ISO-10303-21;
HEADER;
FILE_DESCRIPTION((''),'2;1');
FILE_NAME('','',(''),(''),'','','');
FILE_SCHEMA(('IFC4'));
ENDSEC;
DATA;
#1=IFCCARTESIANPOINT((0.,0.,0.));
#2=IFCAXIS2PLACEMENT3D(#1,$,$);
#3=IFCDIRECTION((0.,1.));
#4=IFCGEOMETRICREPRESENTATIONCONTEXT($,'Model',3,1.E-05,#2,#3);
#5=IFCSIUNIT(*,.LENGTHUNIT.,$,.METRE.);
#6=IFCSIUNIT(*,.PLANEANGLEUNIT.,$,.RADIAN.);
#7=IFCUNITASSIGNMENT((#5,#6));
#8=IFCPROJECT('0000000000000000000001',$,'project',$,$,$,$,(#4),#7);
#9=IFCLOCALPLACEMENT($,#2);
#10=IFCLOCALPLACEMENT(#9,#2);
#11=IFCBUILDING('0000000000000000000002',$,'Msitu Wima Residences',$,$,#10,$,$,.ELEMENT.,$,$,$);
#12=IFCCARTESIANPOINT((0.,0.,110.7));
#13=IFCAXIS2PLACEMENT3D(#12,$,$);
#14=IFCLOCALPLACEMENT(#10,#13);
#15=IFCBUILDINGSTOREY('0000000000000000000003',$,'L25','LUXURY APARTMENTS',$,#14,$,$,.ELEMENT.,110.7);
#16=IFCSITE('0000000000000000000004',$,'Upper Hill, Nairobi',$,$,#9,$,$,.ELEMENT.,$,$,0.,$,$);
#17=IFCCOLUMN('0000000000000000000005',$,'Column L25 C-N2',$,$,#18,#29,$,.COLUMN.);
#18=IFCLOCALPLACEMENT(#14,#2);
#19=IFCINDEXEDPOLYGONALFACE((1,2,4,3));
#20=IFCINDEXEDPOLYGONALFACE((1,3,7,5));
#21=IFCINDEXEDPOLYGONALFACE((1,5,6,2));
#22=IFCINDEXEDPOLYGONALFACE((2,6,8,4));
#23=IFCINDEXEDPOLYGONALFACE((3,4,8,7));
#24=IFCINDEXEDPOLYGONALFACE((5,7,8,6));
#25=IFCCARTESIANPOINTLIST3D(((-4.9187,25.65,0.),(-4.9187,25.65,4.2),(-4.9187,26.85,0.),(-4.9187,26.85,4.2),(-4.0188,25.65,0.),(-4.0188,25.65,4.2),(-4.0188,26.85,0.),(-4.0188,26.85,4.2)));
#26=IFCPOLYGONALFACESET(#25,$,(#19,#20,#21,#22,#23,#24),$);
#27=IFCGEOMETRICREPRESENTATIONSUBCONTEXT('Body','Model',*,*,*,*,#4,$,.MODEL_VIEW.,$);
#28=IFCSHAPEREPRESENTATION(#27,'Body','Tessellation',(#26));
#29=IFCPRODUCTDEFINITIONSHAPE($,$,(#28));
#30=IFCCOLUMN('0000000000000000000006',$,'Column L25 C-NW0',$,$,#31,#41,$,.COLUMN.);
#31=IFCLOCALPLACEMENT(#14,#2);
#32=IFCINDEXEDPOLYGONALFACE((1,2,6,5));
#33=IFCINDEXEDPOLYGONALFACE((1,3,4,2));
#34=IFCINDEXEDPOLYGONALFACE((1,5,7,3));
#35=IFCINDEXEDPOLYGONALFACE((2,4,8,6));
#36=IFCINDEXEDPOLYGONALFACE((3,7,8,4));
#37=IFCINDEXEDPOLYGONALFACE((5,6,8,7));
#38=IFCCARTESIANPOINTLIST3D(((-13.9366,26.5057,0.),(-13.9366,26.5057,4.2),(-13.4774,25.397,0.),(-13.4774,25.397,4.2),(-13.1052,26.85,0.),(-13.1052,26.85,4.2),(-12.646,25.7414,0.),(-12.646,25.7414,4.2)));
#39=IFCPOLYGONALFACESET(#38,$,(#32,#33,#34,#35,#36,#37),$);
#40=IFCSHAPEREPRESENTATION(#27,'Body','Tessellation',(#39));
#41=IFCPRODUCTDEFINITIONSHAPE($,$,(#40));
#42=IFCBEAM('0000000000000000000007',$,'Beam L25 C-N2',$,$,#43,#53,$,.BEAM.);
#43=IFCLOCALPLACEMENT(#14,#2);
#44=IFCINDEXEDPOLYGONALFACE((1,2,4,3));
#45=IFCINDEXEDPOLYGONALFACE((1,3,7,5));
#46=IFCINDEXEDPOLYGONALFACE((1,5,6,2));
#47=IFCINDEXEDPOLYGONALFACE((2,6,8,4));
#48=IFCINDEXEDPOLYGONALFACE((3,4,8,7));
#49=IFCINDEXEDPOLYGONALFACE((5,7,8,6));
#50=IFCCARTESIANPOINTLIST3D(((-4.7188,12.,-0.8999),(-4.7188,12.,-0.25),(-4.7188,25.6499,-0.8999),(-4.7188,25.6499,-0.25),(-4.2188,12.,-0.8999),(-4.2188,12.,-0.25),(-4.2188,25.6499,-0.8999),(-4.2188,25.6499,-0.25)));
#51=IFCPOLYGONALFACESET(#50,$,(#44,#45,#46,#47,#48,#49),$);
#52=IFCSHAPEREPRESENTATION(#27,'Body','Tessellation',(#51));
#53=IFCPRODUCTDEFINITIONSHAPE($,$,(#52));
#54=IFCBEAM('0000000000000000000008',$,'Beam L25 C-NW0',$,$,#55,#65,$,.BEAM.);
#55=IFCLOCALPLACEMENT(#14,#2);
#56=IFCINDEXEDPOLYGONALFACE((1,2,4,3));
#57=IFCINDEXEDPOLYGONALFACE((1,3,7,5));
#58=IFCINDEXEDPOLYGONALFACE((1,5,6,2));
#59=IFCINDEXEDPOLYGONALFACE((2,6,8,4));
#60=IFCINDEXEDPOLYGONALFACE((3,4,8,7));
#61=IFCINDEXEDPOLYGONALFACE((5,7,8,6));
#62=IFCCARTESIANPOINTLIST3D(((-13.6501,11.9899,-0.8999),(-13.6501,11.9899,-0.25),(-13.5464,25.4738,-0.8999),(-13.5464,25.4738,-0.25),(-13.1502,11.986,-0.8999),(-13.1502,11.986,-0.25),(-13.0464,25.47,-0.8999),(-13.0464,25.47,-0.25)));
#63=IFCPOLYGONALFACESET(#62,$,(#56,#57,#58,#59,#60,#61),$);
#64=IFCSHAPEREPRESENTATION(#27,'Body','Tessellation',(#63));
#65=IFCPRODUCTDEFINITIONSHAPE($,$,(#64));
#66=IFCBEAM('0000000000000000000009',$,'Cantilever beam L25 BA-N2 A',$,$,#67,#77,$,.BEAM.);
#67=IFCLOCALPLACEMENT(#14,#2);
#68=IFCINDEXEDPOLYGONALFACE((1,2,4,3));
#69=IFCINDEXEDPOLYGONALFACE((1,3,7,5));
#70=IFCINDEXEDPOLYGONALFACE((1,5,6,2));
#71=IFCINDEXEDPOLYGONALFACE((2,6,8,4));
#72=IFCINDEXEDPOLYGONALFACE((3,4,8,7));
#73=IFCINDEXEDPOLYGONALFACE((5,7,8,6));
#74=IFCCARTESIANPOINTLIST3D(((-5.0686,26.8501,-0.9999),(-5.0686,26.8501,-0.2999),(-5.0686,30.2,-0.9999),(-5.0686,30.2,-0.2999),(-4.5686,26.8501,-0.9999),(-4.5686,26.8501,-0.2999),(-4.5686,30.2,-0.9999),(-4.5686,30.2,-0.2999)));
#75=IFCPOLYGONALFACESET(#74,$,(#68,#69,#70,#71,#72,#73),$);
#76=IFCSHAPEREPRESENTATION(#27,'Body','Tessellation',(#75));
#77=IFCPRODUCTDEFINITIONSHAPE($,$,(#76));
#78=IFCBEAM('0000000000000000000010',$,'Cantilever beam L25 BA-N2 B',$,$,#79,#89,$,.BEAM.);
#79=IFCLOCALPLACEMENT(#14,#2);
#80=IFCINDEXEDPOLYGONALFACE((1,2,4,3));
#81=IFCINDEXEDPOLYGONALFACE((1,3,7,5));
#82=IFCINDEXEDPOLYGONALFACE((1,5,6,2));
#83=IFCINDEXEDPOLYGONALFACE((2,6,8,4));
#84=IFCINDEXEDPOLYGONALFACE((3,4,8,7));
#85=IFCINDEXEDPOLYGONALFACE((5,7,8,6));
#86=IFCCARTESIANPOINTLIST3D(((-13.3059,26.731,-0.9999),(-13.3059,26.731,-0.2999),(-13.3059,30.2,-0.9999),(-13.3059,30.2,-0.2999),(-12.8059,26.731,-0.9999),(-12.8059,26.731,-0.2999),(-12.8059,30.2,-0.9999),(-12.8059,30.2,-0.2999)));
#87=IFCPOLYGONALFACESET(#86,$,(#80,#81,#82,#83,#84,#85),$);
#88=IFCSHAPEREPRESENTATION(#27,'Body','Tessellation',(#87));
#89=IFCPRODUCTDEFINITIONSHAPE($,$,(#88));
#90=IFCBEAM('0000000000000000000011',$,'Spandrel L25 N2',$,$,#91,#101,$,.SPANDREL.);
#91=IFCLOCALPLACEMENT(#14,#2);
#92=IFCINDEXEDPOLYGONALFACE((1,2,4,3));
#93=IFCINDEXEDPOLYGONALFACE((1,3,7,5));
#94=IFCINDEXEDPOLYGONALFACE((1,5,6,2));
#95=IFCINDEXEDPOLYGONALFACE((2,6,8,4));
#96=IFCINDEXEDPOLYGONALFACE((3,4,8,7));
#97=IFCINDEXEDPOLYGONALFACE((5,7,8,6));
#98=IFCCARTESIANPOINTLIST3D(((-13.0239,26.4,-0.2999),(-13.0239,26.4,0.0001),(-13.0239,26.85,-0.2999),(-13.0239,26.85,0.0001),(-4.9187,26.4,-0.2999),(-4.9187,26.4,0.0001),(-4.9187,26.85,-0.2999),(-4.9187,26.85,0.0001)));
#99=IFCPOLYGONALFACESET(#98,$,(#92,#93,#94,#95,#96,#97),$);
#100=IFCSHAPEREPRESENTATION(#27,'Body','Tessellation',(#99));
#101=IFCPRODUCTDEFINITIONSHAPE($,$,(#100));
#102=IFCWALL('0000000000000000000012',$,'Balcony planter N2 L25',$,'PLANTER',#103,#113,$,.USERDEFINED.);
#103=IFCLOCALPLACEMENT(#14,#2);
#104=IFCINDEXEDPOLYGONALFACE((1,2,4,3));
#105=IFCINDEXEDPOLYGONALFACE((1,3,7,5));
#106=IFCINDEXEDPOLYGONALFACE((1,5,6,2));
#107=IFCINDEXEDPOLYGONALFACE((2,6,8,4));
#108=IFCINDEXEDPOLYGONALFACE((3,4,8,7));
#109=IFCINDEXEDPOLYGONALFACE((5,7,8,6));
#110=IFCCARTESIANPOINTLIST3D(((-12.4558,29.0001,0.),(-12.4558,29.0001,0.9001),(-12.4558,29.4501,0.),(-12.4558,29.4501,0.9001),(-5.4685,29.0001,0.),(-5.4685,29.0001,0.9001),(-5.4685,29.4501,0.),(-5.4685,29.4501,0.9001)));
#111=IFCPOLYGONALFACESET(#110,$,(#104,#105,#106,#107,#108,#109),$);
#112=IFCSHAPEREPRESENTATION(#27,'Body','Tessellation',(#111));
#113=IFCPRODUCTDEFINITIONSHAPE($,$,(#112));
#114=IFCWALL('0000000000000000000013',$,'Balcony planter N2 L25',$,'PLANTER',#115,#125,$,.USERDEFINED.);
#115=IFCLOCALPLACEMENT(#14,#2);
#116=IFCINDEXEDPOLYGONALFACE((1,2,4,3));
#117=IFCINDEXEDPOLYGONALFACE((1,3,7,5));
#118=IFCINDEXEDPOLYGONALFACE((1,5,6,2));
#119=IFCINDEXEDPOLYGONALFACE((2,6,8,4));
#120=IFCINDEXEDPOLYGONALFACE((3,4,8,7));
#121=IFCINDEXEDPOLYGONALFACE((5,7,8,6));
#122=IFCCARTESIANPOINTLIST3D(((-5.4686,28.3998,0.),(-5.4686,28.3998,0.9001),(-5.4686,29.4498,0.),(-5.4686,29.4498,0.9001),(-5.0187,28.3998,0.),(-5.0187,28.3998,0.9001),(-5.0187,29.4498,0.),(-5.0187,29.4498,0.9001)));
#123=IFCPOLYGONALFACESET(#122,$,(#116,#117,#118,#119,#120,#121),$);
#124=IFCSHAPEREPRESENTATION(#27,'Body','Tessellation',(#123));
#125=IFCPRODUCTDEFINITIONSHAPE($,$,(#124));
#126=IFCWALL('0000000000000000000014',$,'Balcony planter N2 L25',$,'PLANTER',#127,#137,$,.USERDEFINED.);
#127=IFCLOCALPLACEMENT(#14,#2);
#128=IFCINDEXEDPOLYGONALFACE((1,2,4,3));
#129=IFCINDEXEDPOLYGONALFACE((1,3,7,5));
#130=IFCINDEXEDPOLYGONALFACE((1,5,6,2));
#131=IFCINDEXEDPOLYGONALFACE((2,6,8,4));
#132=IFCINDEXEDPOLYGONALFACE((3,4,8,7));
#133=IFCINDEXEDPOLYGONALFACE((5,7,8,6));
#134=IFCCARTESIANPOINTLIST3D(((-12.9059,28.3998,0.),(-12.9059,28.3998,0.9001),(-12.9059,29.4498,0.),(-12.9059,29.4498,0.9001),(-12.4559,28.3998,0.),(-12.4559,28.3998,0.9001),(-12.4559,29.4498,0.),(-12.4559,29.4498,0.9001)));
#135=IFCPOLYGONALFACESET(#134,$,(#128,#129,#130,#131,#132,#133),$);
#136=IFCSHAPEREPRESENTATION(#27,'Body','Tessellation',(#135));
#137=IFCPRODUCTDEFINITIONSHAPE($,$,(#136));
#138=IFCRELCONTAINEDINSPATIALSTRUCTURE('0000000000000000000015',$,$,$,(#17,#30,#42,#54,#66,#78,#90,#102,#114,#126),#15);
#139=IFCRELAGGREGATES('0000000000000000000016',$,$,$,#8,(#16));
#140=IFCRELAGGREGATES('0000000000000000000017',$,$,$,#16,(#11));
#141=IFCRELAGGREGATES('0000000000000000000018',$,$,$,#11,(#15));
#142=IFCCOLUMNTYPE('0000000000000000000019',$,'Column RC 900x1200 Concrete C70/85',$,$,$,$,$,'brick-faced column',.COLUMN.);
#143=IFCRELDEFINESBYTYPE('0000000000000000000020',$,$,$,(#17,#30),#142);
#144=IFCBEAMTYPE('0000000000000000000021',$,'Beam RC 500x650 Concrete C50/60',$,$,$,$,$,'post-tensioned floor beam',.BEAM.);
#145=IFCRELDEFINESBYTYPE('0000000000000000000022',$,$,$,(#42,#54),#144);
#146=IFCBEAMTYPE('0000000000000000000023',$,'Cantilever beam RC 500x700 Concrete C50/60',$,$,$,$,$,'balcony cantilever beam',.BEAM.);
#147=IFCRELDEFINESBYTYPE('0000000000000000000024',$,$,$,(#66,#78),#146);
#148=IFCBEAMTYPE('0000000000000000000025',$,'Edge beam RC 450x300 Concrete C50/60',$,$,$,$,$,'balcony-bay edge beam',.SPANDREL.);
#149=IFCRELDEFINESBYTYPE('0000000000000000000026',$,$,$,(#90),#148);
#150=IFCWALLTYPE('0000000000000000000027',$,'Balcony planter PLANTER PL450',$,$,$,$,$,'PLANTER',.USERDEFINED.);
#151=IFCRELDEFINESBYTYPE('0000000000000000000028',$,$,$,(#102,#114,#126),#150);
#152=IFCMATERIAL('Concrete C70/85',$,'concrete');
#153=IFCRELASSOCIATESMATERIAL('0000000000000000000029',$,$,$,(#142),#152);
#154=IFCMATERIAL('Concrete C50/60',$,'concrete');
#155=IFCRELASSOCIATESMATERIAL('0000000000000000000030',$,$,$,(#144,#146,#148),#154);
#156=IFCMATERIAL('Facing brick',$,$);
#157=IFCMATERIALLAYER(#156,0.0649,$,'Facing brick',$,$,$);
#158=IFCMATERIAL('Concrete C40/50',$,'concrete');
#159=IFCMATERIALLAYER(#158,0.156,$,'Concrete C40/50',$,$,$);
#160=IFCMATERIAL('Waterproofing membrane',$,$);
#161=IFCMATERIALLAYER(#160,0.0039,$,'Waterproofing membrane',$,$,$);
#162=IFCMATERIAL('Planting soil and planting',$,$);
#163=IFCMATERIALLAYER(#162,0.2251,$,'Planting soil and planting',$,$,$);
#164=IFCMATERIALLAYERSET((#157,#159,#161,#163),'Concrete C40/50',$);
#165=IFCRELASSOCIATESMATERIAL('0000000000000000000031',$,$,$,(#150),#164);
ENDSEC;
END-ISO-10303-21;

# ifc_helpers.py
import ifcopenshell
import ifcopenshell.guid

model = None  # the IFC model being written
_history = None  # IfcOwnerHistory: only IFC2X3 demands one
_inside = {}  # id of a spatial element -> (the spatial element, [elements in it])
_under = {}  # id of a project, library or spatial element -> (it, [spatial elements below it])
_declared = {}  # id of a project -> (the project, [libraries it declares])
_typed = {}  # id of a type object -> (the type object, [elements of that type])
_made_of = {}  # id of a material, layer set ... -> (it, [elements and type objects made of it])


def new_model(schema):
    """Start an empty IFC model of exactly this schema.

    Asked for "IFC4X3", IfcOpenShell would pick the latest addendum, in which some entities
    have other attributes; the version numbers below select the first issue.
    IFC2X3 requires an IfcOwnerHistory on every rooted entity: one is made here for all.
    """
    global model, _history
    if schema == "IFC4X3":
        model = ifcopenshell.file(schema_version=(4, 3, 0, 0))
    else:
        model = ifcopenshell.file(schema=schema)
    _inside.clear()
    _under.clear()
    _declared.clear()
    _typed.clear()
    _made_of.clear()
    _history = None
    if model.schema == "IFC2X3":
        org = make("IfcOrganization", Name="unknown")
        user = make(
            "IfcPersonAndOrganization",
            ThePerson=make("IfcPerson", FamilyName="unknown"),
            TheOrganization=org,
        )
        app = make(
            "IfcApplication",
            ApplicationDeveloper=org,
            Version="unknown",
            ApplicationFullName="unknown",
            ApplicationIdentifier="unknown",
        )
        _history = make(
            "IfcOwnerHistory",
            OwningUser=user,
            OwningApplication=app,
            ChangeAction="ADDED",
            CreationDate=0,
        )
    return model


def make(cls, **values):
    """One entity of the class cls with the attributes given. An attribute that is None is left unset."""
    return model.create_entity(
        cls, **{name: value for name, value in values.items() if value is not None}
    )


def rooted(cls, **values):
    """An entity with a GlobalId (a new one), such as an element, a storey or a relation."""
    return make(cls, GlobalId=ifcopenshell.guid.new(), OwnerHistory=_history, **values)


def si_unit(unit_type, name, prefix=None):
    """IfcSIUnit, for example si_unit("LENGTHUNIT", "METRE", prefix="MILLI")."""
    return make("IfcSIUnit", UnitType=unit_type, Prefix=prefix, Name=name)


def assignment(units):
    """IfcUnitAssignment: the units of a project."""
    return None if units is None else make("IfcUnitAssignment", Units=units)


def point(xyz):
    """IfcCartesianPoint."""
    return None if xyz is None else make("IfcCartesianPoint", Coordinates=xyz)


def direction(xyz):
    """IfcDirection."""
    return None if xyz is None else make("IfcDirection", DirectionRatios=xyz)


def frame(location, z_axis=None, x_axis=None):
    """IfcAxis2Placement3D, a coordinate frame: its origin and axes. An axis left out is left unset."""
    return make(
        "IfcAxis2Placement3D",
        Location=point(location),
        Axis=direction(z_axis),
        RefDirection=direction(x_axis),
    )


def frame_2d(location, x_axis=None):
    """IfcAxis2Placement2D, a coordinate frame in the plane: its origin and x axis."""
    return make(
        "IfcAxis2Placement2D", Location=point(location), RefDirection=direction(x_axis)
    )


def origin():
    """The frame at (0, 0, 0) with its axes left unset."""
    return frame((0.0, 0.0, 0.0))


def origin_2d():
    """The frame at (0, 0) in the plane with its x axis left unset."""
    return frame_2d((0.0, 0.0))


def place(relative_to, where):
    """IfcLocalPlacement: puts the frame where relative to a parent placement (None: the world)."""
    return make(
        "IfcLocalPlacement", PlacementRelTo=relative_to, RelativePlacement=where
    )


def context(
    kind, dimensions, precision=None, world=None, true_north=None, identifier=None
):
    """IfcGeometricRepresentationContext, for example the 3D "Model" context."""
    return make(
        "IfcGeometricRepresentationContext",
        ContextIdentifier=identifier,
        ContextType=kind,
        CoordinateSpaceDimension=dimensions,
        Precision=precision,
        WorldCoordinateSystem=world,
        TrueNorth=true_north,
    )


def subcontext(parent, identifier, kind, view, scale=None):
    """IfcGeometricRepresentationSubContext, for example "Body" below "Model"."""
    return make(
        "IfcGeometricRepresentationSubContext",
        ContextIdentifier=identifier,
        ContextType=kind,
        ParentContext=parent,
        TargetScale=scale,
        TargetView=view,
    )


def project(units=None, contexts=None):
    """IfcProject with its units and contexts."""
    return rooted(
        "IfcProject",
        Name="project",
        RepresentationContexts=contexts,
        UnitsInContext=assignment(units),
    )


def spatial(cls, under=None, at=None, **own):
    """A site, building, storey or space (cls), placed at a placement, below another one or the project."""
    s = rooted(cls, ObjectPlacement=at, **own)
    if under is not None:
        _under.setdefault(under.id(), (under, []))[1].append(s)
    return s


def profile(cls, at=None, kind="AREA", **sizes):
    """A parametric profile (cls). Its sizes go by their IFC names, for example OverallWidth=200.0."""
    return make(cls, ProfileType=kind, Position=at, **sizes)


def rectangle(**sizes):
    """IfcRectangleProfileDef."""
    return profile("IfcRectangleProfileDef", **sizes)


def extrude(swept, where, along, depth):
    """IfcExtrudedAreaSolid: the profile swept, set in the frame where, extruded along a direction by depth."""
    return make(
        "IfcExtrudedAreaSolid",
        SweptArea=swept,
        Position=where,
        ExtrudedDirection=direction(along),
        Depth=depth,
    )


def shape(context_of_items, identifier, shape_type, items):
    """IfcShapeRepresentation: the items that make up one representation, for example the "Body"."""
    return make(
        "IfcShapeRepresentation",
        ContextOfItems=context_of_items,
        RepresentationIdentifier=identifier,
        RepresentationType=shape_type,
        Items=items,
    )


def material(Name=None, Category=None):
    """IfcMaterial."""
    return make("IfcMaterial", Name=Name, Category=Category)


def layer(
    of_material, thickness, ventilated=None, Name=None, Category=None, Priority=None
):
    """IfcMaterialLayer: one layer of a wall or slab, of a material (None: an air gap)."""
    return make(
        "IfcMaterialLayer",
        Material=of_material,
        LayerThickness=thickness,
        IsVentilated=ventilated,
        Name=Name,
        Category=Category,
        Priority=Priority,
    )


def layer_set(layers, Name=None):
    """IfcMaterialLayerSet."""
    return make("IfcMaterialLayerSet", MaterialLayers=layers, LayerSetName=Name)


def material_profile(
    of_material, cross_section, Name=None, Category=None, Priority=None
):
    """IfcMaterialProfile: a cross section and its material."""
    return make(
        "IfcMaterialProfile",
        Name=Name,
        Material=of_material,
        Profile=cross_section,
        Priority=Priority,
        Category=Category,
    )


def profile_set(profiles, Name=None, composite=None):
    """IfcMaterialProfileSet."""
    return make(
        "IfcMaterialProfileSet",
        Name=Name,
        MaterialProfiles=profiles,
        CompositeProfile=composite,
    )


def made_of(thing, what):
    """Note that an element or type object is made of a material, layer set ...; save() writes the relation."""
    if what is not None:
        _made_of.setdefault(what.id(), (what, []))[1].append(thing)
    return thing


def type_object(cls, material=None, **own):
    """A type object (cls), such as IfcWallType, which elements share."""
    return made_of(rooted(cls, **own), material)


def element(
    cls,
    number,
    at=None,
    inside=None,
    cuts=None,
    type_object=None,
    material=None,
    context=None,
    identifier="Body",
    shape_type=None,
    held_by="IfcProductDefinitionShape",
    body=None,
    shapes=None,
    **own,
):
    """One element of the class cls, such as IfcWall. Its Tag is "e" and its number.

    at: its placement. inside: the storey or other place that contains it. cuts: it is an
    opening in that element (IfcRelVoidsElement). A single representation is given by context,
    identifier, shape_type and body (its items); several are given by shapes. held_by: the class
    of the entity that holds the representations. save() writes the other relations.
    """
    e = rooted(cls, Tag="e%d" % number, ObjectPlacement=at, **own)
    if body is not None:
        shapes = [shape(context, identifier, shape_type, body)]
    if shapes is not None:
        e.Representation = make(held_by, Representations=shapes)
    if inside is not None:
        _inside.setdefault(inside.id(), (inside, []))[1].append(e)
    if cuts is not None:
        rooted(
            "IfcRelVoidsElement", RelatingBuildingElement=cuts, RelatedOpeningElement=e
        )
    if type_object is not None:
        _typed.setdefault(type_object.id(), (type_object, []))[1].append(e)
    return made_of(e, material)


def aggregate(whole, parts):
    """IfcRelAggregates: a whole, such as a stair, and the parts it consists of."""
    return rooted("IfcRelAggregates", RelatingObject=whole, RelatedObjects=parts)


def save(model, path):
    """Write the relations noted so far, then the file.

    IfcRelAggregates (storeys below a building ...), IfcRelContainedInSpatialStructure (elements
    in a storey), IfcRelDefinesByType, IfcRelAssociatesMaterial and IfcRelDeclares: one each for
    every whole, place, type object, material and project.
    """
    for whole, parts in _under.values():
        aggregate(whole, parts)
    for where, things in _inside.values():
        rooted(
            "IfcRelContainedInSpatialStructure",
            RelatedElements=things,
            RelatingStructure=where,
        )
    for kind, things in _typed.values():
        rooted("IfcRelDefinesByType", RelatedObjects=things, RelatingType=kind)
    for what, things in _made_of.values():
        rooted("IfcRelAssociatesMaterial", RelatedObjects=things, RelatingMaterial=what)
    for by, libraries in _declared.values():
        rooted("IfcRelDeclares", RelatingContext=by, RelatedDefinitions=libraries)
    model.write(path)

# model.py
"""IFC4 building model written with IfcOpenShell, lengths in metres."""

from ifc_helpers import new_model, si_unit, direction, frame, frame_2d, origin, origin_2d, place, context, subcontext, project, spatial, rectangle, extrude, material, layer, layer_set, material_profile, profile_set, type_object, element, save


model = new_model("IFC4")

# Units and contexts
model_context = context("Model", 3, precision=1e-05, world=origin(), true_north=direction((0.0, 1.0)))
body_context = subcontext(model_context, "Body", "Model", "MODEL_VIEW")
ifc_project = project(units=[si_unit("LENGTHUNIT", "METRE"), si_unit("PLANEANGLEUNIT", "RADIAN")], contexts=[model_context])

# Site, building, storey
site_placement = place(None, origin())
site = spatial("IfcSite", under=ifc_project, at=site_placement, Name="Upper Hill, Nairobi", CompositionType="ELEMENT", RefElevation=0.0)
building_placement = place(site_placement, origin())
building = spatial("IfcBuilding", under=site, at=building_placement, Name="Msitu Wima Residences", CompositionType="ELEMENT")
storey_placement = place(building_placement, frame((0.0, 0.0, 110.7)))
storey = spatial("IfcBuildingStorey", under=building, at=storey_placement, Name="L25", Description="LUXURY APARTMENTS", CompositionType="ELEMENT", Elevation=110.7)

# Columns
ifc_material_1 = material(Name="Concrete C70/85", Category="concrete")
ifc_material_profile_1 = material_profile(ifc_material_1, rectangle(XDim=0.8999, YDim=1.2, at=origin_2d()), Name="RC 900x1200")
ifc_profile_set_1 = profile_set([ifc_material_profile_1], Name="Concrete C70/85")
column_type = type_object("IfcColumnType", Name="Column RC 900x1200 Concrete C70/85", ElementType="brick-faced column", PredefinedType="COLUMN", material=ifc_profile_set_1)
for number, where, z_axis, x_axis, name in (
    (1, (-4.4688, 26.25, 0.0), (0.0, 0.0, 1.0), (-1.0, 0.0, 0.0), "Column L25 C-N2"),
    (2, (-13.2913, 26.1235, 0.0), (0.0, 0.0, 1.0), (-0.92388, -0.382683, 0.0), "Column L25 C-NW0"),
):
    element("IfcColumn", number, at=place(storey_placement, frame(where, z_axis=z_axis, x_axis=x_axis)), inside=storey, type_object=column_type, Name=name, PredefinedType="COLUMN", context=body_context, shape_type="SweptSolid", body=[
        extrude(rectangle(XDim=0.8999, YDim=1.2, at=origin_2d()), origin(), (0.0, 0.0, 1.0), 4.2),
    ])

# Beams
ifc_material_2 = material(Name="Concrete C50/60", Category="concrete")
ifc_material_profile_2 = material_profile(ifc_material_2, rectangle(XDim=0.5, YDim=0.6499, at=origin_2d()), Name="RC 500x650")
ifc_profile_set_2 = profile_set([ifc_material_profile_2], Name="Concrete C50/60")
beam_type_1 = type_object("IfcBeamType", Name="Beam RC 500x650 Concrete C50/60", ElementType="post-tensioned floor beam", PredefinedType="BEAM", material=ifc_profile_set_2)
beam_1_placement = place(storey_placement, frame((-4.4688, 25.6499, -0.575), z_axis=(0.0, -1.0, 0.0), x_axis=(1.0, 0.0, 0.0)))
element("IfcBeam", 3, at=beam_1_placement, inside=storey, type_object=beam_type_1, Name="Beam L25 C-N2", PredefinedType="BEAM", context=body_context, shape_type="SweptSolid", body=[
    extrude(rectangle(XDim=0.5, YDim=0.6499, at=origin_2d()), origin(), (0.0, 0.0, 1.0), 13.6499),
])
beam_2_placement = place(storey_placement, frame((-13.2964, 25.4719, -0.575), z_axis=(-0.007695, -0.99997, 0.0), x_axis=(0.99997, -0.007695, 0.0)))
element("IfcBeam", 4, at=beam_2_placement, inside=storey, type_object=beam_type_1, Name="Beam L25 C-NW0", PredefinedType="BEAM", context=body_context, shape_type="SweptSolid", body=[
    extrude(rectangle(XDim=0.5, YDim=0.6499, at=origin_2d()), origin(), (0.0, 0.0, 1.0), 13.4844),
])
ifc_material_profile_3 = material_profile(ifc_material_2, rectangle(XDim=0.5, YDim=0.7, at=origin_2d()), Name="RC 500x700")
ifc_profile_set_3 = profile_set([ifc_material_profile_3], Name="Concrete C50/60")
beam_type_2 = type_object("IfcBeamType", Name="Cantilever beam RC 500x700 Concrete C50/60", ElementType="balcony cantilever beam", PredefinedType="BEAM", material=ifc_profile_set_3)
beam_3_placement = place(storey_placement, frame((-4.8186, 26.8501, -0.6499), z_axis=(0.0, 1.0, 0.0), x_axis=(-1.0, 0.0, 0.0)))
element("IfcBeam", 5, at=beam_3_placement, inside=storey, type_object=beam_type_2, Name="Cantilever beam L25 BA-N2 A", PredefinedType="BEAM", context=body_context, shape_type="SweptSolid", body=[
    extrude(rectangle(XDim=0.5, YDim=0.7, at=origin_2d()), origin(), (0.0, 0.0, 1.0), 3.3499),
])
beam_4_placement = place(storey_placement, frame((-13.0559, 26.731, -0.6499), z_axis=(0.0, 1.0, 0.0), x_axis=(-1.0, 0.0, 0.0)))
element("IfcBeam", 6, at=beam_4_placement, inside=storey, type_object=beam_type_2, Name="Cantilever beam L25 BA-N2 B", PredefinedType="BEAM", context=body_context, shape_type="SweptSolid", body=[
    extrude(rectangle(XDim=0.5, YDim=0.7, at=origin_2d()), origin(), (0.0, 0.0, 1.0), 3.469),
])
ifc_material_profile_4 = material_profile(ifc_material_2, rectangle(XDim=0.45, YDim=0.3, at=origin_2d()), Name="RC 450x300")
ifc_profile_set_4 = profile_set([ifc_material_profile_4], Name="Concrete C50/60")
beam_type_3 = type_object("IfcBeamType", Name="Edge beam RC 450x300 Concrete C50/60", ElementType="balcony-bay edge beam", PredefinedType="SPANDREL", material=ifc_profile_set_4)
beam_5_placement = place(storey_placement, frame((-4.9187, 26.625, -0.1499), z_axis=(-1.0, 0.0, 0.0), x_axis=(0.0, -1.0, 0.0)))
element("IfcBeam", 7, at=beam_5_placement, inside=storey, type_object=beam_type_3, Name="Spandrel L25 N2", PredefinedType="SPANDREL", context=body_context, shape_type="SweptSolid", body=[
    extrude(rectangle(XDim=0.45, YDim=0.3, at=origin_2d()), origin(), (0.0, 0.0, 1.0), 8.1052),
])

# Walls
ifc_material_3 = material(Name="Facing brick")
ifc_layer_1 = layer(ifc_material_3, 0.0649, Name="Facing brick")
ifc_material_4 = material(Name="Concrete C40/50", Category="concrete")
ifc_layer_2 = layer(ifc_material_4, 0.156, Name="Concrete C40/50")
ifc_material_5 = material(Name="Waterproofing membrane")
ifc_layer_3 = layer(ifc_material_5, 0.0039, Name="Waterproofing membrane")
ifc_material_6 = material(Name="Planting soil and planting")
ifc_layer_4 = layer(ifc_material_6, 0.2251, Name="Planting soil and planting")
ifc_layer_set_1 = layer_set([ifc_layer_1, ifc_layer_2, ifc_layer_3, ifc_layer_4], Name="Concrete C40/50")
wall_type_1 = type_object("IfcWallType", Name="Balcony planter PLANTER PL450", ElementType="PLANTER", PredefinedType="USERDEFINED", material=ifc_layer_set_1)
wall_1_placement = place(storey_placement, frame((-5.4685, 29.2251, 0.0), z_axis=(0.0, 0.0, 1.0), x_axis=(-1.0, 0.0, 0.0)))
element("IfcWall", 8, at=wall_1_placement, inside=storey, type_object=wall_type_1, Name="Balcony planter N2 L25", ObjectType="PLANTER", PredefinedType="USERDEFINED", context=body_context, shape_type="SweptSolid", body=[
    extrude(rectangle(XDim=6.9873, YDim=0.45, at=frame_2d((3.4937, 0.0))), origin(), (0.0, 0.0, 1.0), 0.9001),
])
for number, where, z_axis, x_axis, name in (
    (9, (-5.2437, 28.3999, 0.0), (0.0, 0.0, 1.0), (0.0, 1.0, 0.0), "Balcony planter N2 L25"),
    (10, (-12.6809, 28.3999, 0.0), (0.0, 0.0, 1.0), (0.0, 1.0, 0.0), "Balcony planter N2 L25"),
):
    element("IfcWall", number, at=place(storey_placement, frame(where, z_axis=z_axis, x_axis=x_axis)), inside=storey, type_object=wall_type_1, Name=name, ObjectType="PLANTER", PredefinedType="USERDEFINED", context=body_context, shape_type="SweptSolid", body=[
        extrude(rectangle(XDim=1.05, YDim=0.45, at=frame_2d((0.5249, 0.0))), origin(), (0.0, 0.0, 1.0), 0.9001),
    ])

save(model, "model.ifc")
